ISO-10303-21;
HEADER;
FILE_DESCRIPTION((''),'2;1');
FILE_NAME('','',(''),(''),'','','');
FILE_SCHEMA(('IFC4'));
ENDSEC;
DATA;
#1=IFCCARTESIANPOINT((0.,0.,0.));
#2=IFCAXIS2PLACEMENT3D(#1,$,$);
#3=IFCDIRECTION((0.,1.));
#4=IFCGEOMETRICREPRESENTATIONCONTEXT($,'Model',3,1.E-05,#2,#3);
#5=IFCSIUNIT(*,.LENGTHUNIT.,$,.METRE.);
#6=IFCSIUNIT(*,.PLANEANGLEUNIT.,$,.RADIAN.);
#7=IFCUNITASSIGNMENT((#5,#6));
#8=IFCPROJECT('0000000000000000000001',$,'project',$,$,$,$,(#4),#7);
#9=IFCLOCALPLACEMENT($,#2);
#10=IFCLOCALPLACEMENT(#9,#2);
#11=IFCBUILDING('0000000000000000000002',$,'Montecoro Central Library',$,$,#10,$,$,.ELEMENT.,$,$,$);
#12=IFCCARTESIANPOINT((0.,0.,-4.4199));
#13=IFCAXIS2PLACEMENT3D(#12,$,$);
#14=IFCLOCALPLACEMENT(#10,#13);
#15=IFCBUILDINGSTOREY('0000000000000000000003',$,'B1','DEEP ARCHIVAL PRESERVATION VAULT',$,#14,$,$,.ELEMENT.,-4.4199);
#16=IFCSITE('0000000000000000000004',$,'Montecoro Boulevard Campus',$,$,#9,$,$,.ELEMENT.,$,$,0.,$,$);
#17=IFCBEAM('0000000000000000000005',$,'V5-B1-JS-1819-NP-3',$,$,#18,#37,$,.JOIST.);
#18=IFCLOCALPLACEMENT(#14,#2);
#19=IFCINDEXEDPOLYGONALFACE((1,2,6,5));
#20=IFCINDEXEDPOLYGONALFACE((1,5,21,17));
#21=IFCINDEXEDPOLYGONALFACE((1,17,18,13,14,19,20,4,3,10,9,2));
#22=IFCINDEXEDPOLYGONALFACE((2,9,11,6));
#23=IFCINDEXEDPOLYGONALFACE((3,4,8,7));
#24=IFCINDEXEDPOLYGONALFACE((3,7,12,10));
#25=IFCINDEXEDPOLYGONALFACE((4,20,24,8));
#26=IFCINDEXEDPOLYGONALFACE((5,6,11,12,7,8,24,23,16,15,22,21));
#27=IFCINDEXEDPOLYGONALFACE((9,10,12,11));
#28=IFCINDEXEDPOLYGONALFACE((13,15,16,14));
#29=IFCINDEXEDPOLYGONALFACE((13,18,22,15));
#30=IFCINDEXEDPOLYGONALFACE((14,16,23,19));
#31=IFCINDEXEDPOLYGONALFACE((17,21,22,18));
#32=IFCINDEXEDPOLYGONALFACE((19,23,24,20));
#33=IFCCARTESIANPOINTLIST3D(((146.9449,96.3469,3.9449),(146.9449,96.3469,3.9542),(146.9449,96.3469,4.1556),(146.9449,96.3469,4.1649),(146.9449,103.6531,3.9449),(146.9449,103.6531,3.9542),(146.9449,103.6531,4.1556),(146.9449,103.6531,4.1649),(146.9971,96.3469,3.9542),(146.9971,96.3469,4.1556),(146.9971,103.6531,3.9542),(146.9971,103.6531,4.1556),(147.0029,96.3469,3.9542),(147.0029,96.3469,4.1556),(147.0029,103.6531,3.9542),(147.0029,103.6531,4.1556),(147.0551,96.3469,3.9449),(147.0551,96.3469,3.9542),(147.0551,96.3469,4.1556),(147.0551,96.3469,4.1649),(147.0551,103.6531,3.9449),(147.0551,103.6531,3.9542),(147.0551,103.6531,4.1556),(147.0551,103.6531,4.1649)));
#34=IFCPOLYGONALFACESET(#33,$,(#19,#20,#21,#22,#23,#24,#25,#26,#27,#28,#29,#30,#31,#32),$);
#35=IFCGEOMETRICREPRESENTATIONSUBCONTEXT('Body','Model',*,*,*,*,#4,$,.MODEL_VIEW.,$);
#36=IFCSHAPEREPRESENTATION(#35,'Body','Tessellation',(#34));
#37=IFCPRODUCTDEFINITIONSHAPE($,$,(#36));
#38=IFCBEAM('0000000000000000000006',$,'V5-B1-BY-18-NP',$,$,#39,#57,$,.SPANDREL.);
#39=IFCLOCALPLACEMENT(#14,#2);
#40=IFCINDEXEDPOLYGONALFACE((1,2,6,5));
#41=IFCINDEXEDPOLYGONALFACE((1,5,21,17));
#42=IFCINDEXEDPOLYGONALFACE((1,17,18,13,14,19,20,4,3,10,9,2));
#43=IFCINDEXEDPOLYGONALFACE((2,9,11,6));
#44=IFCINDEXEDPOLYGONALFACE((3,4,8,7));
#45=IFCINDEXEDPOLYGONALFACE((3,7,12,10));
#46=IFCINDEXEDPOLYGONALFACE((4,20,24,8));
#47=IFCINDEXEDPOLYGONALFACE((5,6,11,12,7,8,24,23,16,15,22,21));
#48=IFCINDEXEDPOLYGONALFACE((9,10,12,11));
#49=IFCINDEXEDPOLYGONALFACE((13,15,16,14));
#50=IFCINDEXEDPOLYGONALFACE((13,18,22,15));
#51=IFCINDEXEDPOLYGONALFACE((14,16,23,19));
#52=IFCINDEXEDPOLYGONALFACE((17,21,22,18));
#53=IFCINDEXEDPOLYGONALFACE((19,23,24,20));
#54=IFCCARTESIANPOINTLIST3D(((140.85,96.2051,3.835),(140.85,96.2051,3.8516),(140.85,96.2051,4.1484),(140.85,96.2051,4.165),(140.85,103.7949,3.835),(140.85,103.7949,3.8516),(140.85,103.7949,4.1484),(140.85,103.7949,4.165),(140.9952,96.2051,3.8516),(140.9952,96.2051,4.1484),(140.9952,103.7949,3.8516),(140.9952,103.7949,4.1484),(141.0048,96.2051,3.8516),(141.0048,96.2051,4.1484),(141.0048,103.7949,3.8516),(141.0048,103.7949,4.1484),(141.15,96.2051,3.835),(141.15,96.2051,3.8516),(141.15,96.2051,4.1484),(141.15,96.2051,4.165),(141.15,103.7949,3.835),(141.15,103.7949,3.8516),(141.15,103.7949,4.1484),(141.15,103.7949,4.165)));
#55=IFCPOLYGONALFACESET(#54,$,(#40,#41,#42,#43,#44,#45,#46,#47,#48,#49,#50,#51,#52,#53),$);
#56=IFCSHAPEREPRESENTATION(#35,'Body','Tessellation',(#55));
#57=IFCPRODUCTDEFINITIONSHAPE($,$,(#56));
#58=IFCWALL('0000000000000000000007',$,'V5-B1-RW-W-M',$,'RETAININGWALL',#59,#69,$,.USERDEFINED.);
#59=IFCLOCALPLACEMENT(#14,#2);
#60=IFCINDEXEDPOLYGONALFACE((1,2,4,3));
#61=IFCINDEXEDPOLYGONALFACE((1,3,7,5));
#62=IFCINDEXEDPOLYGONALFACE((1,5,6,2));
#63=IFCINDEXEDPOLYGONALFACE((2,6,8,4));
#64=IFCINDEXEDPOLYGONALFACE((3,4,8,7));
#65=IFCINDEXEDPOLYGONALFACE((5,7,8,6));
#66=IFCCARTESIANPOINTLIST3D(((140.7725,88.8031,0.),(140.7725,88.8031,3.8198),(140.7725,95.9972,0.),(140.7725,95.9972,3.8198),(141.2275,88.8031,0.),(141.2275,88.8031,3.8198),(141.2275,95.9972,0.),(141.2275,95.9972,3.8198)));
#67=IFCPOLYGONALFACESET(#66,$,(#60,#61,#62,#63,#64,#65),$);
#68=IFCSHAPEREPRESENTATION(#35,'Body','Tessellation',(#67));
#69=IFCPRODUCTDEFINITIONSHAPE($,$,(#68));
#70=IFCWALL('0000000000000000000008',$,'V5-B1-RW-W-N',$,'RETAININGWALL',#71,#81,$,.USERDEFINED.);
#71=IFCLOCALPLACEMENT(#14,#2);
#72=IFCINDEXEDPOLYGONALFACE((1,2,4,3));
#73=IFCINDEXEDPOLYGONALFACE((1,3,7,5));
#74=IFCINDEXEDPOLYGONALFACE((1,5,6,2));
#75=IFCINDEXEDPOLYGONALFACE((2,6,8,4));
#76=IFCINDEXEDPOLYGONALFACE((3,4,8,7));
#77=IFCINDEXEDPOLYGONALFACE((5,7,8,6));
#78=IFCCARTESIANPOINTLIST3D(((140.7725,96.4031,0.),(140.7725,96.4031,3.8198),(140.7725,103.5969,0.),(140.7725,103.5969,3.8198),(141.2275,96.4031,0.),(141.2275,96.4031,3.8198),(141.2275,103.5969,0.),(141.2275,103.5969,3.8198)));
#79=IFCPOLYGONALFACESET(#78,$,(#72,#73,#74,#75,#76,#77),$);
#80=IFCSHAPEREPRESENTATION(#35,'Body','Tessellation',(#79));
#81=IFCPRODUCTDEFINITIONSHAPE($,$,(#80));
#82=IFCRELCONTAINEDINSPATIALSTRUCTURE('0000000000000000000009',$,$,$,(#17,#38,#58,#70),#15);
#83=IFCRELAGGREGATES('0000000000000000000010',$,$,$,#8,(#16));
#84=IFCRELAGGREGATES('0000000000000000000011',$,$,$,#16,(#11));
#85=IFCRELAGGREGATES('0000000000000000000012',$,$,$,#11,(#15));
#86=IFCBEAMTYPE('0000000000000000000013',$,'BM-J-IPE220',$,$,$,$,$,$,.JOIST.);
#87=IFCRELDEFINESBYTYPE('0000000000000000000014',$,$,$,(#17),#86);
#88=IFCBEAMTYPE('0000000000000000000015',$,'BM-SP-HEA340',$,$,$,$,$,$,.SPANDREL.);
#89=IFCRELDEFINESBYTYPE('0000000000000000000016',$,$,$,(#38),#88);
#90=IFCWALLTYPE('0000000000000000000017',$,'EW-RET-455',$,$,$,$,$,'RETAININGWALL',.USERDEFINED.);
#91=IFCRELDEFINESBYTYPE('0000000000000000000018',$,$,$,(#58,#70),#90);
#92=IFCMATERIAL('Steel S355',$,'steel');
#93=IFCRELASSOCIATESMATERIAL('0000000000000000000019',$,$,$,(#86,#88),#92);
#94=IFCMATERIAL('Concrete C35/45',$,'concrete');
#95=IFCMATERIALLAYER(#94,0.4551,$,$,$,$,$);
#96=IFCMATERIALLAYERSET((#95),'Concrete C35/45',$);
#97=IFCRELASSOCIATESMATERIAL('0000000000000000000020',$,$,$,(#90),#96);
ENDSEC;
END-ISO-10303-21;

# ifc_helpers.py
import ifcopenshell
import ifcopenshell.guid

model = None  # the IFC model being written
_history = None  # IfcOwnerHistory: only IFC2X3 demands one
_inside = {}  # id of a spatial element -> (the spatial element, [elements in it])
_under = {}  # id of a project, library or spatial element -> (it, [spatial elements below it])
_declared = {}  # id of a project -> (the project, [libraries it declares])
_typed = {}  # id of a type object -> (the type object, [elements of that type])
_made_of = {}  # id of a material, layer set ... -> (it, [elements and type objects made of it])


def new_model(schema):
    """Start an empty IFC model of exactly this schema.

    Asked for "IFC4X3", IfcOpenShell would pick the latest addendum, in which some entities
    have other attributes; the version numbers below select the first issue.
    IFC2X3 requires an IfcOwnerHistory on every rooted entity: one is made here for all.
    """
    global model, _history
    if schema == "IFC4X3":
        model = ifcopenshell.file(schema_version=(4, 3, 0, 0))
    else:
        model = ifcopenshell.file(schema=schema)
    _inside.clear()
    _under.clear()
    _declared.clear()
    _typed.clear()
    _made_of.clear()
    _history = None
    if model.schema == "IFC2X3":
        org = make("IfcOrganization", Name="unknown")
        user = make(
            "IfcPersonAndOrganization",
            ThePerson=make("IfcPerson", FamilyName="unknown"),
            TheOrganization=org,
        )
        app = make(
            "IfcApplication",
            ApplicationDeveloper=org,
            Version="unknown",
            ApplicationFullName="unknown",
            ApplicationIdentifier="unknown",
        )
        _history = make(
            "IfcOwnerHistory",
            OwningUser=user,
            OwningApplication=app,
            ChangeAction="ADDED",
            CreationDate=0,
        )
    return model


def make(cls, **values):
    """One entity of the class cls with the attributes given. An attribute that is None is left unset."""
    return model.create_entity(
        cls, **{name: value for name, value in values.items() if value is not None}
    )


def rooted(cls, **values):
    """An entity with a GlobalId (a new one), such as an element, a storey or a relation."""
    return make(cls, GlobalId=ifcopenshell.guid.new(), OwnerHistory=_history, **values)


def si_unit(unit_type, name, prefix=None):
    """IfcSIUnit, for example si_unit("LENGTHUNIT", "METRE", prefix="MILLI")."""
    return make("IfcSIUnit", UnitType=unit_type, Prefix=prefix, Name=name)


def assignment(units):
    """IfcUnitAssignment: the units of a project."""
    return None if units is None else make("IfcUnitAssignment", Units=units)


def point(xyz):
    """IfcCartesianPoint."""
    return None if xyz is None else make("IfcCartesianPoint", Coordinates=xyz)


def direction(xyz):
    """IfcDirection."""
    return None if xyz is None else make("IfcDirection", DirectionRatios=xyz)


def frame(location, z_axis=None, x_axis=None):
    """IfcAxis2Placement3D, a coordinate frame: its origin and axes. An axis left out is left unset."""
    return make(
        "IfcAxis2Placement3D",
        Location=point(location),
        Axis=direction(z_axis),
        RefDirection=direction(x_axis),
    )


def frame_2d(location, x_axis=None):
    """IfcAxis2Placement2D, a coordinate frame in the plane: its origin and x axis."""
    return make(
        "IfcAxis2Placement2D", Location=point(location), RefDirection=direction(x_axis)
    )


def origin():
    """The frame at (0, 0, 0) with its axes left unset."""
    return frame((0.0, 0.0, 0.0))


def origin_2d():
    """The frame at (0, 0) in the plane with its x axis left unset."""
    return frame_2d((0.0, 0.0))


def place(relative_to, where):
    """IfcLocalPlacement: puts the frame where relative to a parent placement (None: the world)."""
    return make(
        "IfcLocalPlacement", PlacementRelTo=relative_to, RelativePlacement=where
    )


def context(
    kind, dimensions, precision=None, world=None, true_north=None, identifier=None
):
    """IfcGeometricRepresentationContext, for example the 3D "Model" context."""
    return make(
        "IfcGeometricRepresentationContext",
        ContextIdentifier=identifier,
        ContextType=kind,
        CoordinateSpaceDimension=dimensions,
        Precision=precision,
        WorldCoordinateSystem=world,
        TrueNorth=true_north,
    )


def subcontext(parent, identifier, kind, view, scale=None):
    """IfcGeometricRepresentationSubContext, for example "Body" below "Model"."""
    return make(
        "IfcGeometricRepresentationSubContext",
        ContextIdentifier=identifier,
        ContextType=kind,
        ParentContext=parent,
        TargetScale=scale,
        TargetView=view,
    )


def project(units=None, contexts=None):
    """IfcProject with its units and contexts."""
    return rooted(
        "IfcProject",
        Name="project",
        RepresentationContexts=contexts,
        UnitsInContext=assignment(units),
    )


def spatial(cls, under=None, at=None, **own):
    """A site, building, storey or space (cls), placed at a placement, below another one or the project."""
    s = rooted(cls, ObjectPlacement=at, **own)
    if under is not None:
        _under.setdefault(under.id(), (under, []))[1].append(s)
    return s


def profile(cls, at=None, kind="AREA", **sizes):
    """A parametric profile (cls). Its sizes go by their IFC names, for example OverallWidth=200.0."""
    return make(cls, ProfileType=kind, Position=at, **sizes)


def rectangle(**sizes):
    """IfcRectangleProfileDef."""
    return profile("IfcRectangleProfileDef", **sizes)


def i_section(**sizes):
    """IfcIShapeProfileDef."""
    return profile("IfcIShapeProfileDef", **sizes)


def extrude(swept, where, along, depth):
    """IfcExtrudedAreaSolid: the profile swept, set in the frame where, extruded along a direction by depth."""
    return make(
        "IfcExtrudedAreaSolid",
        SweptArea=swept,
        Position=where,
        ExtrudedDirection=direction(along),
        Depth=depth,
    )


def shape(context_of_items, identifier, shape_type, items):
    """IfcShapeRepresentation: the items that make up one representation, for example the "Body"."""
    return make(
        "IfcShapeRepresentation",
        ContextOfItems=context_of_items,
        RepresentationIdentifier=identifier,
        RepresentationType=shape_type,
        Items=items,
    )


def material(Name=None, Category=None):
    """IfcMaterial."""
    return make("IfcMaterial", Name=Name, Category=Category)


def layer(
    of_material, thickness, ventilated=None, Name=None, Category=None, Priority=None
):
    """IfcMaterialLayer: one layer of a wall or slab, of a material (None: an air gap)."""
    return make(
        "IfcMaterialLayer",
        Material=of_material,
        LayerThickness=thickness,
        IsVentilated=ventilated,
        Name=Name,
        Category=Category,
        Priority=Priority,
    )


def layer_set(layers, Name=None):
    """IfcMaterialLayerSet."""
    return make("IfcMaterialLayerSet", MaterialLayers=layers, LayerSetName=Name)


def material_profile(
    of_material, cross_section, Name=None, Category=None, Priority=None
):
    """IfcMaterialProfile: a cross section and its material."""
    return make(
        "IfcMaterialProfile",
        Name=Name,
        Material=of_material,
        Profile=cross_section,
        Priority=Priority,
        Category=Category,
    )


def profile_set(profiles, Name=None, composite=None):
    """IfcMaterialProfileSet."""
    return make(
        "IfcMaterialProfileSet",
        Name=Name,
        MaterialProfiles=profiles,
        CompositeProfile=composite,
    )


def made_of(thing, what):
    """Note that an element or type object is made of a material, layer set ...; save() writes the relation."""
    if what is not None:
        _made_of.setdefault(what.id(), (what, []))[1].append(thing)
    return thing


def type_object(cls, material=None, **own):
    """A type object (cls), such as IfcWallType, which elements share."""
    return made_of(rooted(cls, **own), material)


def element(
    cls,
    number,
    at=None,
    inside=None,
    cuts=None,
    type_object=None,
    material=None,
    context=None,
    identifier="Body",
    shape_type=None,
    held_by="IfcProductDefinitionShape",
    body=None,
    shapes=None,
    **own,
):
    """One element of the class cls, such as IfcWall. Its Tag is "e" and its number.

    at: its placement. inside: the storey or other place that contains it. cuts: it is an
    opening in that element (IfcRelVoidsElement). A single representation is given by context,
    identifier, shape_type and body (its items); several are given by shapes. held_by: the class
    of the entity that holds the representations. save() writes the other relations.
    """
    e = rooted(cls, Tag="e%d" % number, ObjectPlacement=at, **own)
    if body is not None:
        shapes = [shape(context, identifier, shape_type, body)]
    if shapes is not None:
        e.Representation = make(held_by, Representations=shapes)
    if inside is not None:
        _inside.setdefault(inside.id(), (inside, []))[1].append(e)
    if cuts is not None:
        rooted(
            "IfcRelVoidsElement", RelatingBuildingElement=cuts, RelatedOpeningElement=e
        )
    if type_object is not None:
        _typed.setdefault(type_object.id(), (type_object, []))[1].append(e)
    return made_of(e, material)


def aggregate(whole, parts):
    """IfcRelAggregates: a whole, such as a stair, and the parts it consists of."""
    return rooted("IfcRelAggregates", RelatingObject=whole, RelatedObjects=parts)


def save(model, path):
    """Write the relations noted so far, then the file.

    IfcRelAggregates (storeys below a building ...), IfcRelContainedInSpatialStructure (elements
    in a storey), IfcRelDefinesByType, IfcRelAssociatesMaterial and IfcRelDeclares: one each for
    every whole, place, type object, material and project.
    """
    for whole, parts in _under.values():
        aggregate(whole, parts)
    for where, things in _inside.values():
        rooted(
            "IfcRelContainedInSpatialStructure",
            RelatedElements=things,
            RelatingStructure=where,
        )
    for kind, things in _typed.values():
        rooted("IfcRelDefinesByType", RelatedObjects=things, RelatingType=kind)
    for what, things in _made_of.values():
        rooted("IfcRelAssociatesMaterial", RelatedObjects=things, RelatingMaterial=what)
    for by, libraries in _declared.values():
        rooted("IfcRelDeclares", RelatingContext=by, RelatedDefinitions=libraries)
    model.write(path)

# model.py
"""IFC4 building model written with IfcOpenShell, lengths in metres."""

from ifc_helpers import new_model, si_unit, direction, frame, frame_2d, origin, origin_2d, place, context, subcontext, project, spatial, rectangle, i_section, extrude, material, layer, layer_set, material_profile, profile_set, type_object, element, save


model = new_model("IFC4")

# Units and contexts
model_context = context("Model", 3, precision=1e-05, world=origin(), true_north=direction((0.0, 1.0)))
body_context = subcontext(model_context, "Body", "Model", "MODEL_VIEW")
ifc_project = project(units=[si_unit("LENGTHUNIT", "METRE"), si_unit("PLANEANGLEUNIT", "RADIAN")], contexts=[model_context])

# Site, building, storey
site_placement = place(None, origin())
site = spatial("IfcSite", under=ifc_project, at=site_placement, Name="Montecoro Boulevard Campus", CompositionType="ELEMENT", RefElevation=0.0)
building_placement = place(site_placement, origin())
building = spatial("IfcBuilding", under=site, at=building_placement, Name="Montecoro Central Library", CompositionType="ELEMENT")
storey_placement = place(building_placement, frame((0.0, 0.0, -4.4199)))
storey = spatial("IfcBuildingStorey", under=building, at=storey_placement, Name="B1", Description="DEEP ARCHIVAL PRESERVATION VAULT", CompositionType="ELEMENT", Elevation=-4.4199)

# Shared definitions
ifc_material_1 = material(Name="Concrete C35/45", Category="concrete")

# Beams
ifc_material_2 = material(Name="Steel S355", Category="steel")
ifc_material_profile_1 = material_profile(ifc_material_2, i_section(OverallWidth=0.1101, OverallDepth=0.22, WebThickness=0.0059, FlangeThickness=0.0093, at=origin_2d()), Name="IPE 220")
ifc_profile_set_1 = profile_set([ifc_material_profile_1], Name="Steel S355")
beam_type_1 = type_object("IfcBeamType", Name="BM-J-IPE220", PredefinedType="JOIST", material=ifc_profile_set_1)
for number, where, z_axis, x_axis, name in (
    (1, (147.0, 96.3469, 4.0549), (0.0, 1.0, 0.0), (-1.0, 0.0, 0.0), "V5-B1-JS-1819-NP-3"),
):
    element("IfcBeam", number, at=place(storey_placement, frame(where, z_axis=z_axis, x_axis=x_axis)), inside=storey, type_object=beam_type_1, Name=name, PredefinedType="JOIST", context=body_context, shape_type="SweptSolid", body=[
        extrude(i_section(OverallWidth=0.1101, OverallDepth=0.22, WebThickness=0.0059, FlangeThickness=0.0093, at=origin_2d()), origin(), (0.0, 0.0, 1.0), 7.3062),
    ])
ifc_material_profile_2 = material_profile(ifc_material_2, i_section(OverallWidth=0.3, OverallDepth=0.3301, WebThickness=0.0095, FlangeThickness=0.0166, at=origin_2d()), Name="HEA 340")
ifc_profile_set_2 = profile_set([ifc_material_profile_2], Name="Steel S355")
beam_type_2 = type_object("IfcBeamType", Name="BM-SP-HEA340", PredefinedType="SPANDREL", material=ifc_profile_set_2)
beam_1_placement = place(storey_placement, frame((141.0, 96.2051, 4.0), z_axis=(0.0, 1.0, 0.0), x_axis=(-1.0, 0.0, 0.0)))
element("IfcBeam", 2, at=beam_1_placement, inside=storey, type_object=beam_type_2, Name="V5-B1-BY-18-NP", PredefinedType="SPANDREL", context=body_context, shape_type="SweptSolid", body=[
    extrude(i_section(OverallWidth=0.3, OverallDepth=0.3301, WebThickness=0.0095, FlangeThickness=0.0166, at=origin_2d()), origin(), (0.0, 0.0, 1.0), 7.5898),
])

# Walls
ifc_layer = layer(ifc_material_1, 0.4551)
ifc_layer_set = layer_set([ifc_layer], Name="Concrete C35/45")
wall_type = type_object("IfcWallType", Name="EW-RET-455", ElementType="RETAININGWALL", PredefinedType="USERDEFINED", material=ifc_layer_set)
wall_1_placement = place(storey_placement, frame((141.0, 88.803, 0.0), z_axis=(0.0, 0.0, 1.0), x_axis=(0.0, 1.0, 0.0)))
element("IfcWall", 3, at=wall_1_placement, inside=storey, type_object=wall_type, Name="V5-B1-RW-W-M", ObjectType="RETAININGWALL", PredefinedType="USERDEFINED", context=body_context, shape_type="SweptSolid", body=[
    extrude(rectangle(XDim=7.1941, YDim=0.4551, at=frame_2d((3.5972, 0.0))), origin(), (0.0, 0.0, 1.0), 3.8198),
])
wall_2_placement = place(storey_placement, frame((141.0, 96.4031, 0.0), z_axis=(0.0, 0.0, 1.0), x_axis=(0.0, 1.0, 0.0)))
element("IfcWall", 4, at=wall_2_placement, inside=storey, type_object=wall_type, Name="V5-B1-RW-W-N", ObjectType="RETAININGWALL", PredefinedType="USERDEFINED", context=body_context, shape_type="SweptSolid", body=[
    extrude(rectangle(XDim=7.1938, YDim=0.4551, at=frame_2d((3.5969, 0.0))), origin(), (0.0, 0.0, 1.0), 3.8198),
])

save(model, "model.ifc")
